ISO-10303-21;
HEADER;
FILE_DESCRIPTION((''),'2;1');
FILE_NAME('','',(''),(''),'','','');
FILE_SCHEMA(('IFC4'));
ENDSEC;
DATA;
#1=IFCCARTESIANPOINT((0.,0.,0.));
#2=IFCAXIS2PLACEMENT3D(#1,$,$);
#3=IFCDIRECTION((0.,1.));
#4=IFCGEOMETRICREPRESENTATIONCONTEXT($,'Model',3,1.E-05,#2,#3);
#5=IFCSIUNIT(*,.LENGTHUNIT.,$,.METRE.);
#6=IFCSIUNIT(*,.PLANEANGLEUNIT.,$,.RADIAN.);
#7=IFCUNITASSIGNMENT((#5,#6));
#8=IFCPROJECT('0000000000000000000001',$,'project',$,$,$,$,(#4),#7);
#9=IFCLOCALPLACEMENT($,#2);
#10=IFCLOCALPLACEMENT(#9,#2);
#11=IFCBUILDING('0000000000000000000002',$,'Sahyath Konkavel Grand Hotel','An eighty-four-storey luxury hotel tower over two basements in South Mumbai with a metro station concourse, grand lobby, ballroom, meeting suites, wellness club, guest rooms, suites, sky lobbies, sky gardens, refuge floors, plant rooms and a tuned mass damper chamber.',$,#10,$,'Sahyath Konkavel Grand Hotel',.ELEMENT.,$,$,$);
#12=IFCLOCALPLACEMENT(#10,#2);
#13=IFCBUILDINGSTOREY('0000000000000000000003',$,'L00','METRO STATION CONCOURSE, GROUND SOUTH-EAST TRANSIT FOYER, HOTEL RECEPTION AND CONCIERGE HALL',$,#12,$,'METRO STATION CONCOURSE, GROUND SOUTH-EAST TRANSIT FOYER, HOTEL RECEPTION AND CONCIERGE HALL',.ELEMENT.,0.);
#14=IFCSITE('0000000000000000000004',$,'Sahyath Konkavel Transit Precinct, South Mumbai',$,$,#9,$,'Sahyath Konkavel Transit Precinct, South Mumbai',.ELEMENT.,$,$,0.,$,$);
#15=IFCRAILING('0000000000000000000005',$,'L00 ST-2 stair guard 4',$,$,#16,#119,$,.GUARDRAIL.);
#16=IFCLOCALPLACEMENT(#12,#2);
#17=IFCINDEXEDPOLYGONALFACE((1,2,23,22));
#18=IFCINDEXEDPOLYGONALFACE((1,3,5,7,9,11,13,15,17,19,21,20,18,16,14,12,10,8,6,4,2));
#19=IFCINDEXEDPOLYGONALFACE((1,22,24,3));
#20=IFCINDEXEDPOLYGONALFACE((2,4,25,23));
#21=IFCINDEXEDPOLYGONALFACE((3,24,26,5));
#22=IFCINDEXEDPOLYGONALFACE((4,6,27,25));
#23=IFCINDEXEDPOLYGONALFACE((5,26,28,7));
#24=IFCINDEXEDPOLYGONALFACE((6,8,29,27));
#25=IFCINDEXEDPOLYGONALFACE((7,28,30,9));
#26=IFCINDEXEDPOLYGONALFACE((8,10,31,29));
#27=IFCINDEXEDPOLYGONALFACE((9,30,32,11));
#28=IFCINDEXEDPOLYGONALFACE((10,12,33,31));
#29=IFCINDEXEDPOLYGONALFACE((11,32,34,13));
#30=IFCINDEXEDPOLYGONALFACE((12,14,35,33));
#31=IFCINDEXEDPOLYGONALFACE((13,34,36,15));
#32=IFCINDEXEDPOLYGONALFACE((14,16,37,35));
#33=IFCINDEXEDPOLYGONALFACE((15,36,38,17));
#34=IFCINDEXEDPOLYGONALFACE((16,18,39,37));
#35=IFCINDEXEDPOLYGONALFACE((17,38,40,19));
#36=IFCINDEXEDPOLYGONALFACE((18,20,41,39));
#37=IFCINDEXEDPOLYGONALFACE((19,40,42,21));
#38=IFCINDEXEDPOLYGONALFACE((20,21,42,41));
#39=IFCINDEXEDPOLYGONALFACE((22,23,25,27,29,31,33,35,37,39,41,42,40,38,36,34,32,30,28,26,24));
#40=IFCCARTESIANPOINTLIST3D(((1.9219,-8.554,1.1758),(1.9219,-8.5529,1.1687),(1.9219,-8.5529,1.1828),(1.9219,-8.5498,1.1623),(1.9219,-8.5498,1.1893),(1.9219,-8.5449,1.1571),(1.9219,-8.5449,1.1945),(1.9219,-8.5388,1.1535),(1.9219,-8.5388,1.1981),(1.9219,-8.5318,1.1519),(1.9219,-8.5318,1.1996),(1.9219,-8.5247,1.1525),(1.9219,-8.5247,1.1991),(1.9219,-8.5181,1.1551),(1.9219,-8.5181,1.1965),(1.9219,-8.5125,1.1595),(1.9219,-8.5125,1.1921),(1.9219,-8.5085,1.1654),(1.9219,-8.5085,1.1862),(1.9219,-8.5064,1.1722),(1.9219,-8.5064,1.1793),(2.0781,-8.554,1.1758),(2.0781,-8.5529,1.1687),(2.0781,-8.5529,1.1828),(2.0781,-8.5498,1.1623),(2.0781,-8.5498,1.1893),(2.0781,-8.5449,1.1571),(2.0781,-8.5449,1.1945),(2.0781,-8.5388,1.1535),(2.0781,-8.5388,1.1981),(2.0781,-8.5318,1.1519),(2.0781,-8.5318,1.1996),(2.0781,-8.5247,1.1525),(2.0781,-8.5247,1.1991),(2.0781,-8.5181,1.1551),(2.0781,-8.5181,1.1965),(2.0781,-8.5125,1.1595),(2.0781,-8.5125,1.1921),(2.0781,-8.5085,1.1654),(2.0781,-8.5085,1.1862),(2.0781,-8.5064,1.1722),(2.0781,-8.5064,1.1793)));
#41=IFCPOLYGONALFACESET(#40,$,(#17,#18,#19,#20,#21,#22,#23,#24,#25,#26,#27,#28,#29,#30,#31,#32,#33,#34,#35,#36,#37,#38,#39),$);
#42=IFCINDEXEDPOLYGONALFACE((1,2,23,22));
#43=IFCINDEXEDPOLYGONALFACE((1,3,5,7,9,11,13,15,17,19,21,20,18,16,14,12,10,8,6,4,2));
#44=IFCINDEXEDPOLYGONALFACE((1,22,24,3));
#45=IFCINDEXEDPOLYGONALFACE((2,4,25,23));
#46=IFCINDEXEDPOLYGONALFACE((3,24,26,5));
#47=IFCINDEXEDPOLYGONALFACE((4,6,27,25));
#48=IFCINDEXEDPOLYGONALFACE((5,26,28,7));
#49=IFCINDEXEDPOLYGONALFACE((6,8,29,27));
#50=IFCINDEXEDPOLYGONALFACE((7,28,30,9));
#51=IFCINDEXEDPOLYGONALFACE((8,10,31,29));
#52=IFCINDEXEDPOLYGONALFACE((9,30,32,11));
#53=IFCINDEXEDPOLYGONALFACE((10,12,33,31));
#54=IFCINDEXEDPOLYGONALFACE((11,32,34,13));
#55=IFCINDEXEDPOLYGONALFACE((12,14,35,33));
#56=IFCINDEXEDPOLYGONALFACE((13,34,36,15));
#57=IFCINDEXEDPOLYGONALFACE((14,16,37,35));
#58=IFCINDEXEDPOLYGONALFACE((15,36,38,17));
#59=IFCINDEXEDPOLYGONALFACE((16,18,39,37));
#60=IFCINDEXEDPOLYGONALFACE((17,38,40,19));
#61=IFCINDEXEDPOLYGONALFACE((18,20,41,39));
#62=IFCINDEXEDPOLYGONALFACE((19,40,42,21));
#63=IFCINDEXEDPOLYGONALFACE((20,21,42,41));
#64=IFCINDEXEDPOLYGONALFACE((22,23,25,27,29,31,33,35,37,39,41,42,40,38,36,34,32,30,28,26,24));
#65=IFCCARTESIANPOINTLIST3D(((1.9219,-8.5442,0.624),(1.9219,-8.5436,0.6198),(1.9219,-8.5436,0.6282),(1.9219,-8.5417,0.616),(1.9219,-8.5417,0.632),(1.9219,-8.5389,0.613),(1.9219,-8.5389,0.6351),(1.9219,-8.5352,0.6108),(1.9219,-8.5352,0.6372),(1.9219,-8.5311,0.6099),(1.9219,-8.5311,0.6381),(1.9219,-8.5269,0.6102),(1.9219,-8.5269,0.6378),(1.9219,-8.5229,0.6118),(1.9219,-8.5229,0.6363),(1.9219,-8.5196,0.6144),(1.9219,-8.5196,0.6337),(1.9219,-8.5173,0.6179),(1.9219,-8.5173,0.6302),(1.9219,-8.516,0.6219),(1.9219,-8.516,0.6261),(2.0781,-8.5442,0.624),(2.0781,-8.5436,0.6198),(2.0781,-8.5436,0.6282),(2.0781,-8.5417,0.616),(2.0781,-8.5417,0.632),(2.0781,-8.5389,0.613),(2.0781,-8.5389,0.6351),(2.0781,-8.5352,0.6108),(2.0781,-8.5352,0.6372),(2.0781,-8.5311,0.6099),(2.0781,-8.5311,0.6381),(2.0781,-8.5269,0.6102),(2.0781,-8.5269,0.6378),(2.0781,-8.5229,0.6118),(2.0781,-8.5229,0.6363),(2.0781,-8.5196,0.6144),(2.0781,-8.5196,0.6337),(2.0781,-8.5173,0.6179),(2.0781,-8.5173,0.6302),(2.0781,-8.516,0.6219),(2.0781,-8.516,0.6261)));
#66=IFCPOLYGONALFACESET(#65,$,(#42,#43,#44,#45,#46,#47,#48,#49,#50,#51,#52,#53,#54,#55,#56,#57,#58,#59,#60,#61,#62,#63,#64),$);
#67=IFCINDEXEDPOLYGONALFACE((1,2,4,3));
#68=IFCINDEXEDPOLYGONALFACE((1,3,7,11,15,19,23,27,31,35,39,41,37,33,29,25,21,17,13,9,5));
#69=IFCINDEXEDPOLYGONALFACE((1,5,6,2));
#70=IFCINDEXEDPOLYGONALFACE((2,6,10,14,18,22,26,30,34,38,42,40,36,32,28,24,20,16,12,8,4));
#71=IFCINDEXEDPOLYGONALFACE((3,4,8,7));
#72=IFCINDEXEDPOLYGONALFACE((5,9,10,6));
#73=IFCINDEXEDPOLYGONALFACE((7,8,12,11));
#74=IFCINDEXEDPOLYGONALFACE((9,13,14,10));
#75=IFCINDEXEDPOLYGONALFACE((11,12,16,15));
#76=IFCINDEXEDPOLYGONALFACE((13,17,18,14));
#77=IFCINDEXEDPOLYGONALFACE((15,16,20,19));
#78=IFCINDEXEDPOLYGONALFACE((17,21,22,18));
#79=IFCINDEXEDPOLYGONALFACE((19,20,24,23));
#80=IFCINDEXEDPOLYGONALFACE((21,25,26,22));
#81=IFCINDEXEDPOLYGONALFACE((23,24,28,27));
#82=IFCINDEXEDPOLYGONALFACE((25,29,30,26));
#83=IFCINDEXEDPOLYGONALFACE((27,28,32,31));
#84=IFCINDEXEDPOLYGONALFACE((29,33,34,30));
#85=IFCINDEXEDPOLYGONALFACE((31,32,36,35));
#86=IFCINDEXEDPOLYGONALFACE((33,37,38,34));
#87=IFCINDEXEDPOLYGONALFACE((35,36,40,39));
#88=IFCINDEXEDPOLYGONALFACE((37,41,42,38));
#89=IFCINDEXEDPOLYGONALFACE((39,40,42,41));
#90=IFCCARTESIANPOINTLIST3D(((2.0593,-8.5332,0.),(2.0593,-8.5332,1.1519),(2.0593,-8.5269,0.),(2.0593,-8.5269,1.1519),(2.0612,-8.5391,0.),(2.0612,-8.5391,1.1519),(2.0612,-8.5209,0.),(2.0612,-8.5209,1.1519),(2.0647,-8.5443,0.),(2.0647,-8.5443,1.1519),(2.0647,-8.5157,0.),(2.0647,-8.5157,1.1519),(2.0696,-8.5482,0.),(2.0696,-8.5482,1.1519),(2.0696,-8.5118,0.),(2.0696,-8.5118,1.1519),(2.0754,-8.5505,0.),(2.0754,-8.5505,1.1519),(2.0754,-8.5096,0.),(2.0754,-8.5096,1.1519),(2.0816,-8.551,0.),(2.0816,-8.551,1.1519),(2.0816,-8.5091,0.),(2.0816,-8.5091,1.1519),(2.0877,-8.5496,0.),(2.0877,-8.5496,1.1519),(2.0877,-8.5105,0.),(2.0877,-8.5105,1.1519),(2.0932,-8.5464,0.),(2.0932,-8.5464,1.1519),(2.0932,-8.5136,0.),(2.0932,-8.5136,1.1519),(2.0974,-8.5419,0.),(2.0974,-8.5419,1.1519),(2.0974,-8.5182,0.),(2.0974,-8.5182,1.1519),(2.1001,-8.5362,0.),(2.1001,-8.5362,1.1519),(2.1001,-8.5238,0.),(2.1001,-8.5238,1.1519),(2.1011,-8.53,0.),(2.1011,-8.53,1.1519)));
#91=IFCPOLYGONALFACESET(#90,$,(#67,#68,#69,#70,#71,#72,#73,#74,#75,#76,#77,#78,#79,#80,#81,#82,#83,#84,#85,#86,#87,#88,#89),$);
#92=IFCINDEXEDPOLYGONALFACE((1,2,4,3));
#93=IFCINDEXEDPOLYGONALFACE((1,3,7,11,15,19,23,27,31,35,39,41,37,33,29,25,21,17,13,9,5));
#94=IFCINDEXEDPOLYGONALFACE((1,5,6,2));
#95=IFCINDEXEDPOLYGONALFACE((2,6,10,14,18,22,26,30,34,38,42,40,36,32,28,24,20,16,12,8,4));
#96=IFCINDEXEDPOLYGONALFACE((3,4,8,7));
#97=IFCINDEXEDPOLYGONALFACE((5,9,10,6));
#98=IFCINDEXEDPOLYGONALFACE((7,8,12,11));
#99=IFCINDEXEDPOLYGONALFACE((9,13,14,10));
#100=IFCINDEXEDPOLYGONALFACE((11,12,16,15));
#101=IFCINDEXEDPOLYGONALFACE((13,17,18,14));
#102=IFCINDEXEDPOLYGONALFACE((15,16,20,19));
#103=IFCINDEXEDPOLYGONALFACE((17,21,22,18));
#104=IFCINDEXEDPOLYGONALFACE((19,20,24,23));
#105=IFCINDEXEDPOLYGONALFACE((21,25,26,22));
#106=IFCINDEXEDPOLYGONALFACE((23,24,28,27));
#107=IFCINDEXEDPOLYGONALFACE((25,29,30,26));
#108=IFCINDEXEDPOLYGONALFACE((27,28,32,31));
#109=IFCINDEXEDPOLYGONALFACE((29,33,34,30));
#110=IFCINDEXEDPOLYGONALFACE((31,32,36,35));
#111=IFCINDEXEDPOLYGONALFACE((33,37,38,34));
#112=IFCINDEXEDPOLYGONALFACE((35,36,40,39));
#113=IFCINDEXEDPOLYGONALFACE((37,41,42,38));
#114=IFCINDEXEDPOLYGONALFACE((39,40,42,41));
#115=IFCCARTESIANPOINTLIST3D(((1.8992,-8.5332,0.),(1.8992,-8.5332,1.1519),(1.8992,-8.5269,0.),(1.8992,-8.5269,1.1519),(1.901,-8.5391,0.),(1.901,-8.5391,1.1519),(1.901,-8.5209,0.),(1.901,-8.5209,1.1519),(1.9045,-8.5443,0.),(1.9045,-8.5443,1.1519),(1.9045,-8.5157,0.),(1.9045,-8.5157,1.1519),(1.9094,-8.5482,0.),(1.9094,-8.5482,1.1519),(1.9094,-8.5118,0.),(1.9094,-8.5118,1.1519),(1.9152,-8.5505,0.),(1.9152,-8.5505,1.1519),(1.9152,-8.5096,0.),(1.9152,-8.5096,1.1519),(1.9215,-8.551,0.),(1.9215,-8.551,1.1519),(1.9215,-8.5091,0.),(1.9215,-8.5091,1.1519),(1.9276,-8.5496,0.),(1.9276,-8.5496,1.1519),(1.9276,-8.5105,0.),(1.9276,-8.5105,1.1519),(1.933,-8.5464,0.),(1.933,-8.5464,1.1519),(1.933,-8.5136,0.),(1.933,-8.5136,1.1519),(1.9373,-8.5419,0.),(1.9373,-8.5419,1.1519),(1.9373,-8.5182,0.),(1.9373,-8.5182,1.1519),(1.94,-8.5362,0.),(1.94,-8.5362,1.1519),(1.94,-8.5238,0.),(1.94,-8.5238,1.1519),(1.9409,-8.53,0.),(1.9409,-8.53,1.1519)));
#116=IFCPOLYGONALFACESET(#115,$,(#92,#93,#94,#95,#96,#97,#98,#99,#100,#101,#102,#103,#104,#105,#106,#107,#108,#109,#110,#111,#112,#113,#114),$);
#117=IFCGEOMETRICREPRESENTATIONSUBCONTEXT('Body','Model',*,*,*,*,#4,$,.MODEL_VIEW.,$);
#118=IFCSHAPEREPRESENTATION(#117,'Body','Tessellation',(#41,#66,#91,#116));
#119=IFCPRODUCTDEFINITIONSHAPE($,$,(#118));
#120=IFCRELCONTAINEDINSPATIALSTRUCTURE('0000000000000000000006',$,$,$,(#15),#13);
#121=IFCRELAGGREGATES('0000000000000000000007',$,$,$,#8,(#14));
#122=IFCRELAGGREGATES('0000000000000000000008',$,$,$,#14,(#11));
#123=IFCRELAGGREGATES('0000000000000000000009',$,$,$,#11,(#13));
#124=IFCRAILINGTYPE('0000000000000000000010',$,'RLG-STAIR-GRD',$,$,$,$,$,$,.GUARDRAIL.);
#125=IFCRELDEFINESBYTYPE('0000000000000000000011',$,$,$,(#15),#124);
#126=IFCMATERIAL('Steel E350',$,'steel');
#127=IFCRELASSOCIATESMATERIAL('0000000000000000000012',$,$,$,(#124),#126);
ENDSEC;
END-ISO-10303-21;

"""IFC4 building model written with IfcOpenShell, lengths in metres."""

from ifc_helpers import new_model, si_unit, direction, frame, origin, origin_2d, place, context, subcontext, project, spatial, circle, extrude, material, type_object, element, save


model = new_model("IFC4")

# Units and contexts
model_context = context("Model", 3, precision=1e-05, world=origin(), true_north=direction((0.0, 1.0)))
body_context = subcontext(model_context, "Body", "Model", "MODEL_VIEW")
ifc_project = project(units=[si_unit("LENGTHUNIT", "METRE"), si_unit("PLANEANGLEUNIT", "RADIAN")], contexts=[model_context])

# Site, building, storey
site_placement = place(None, origin())
site = spatial("IfcSite", under=ifc_project, at=site_placement, Name="Sahyath Konkavel Transit Precinct, South Mumbai", LongName="Sahyath Konkavel Transit Precinct, South Mumbai", CompositionType="ELEMENT", RefElevation=0.0)
building_placement = place(site_placement, origin())
building = spatial("IfcBuilding", under=site, at=building_placement, Name="Sahyath Konkavel Grand Hotel", Description="An eighty-four-storey luxury hotel tower over two basements in South Mumbai with a metro station concourse, grand lobby, ballroom, meeting suites, wellness club, guest rooms, suites, sky lobbies, sky gardens, refuge floors, plant rooms and a tuned mass damper chamber.", LongName="Sahyath Konkavel Grand Hotel", CompositionType="ELEMENT")
storey_placement = place(building_placement, origin())
storey = spatial("IfcBuildingStorey", under=building, at=storey_placement, Name="L00", Description="METRO STATION CONCOURSE, GROUND SOUTH-EAST TRANSIT FOYER, HOTEL RECEPTION AND CONCIERGE HALL", LongName="METRO STATION CONCOURSE, GROUND SOUTH-EAST TRANSIT FOYER, HOTEL RECEPTION AND CONCIERGE HALL", CompositionType="ELEMENT", Elevation=0.0)

# Shared definitions
ifc_material_1 = material(Name="Steel E350", Category="steel")

# Railing
railing_type_1 = type_object("IfcRailingType", Name="RLG-STAIR-GRD", PredefinedType="GUARDRAIL", material=ifc_material_1)
railing_1_placement = place(storey_placement, frame((2.0801, -8.53, 0.0)))
element("IfcRailing", 1, at=railing_1_placement, inside=storey, type_object=railing_type_1, Name="L00 ST-2 stair guard 4", PredefinedType="GUARDRAIL", context=body_context, shape_type="SweptSolid", body=[
    extrude(circle(Radius=0.0239, at=origin_2d()), frame((-0.002, 0.0, 1.1758), z_axis=(-1.0, 0.0, 0.0), x_axis=(0.0, -1.0, 0.0)), (0.0, 0.0, 1.0), 0.1562),
    extrude(circle(Radius=0.0142, at=origin_2d()), frame((-0.002, 0.0, 0.624), z_axis=(-1.0, 0.0, 0.0), x_axis=(0.0, -1.0, 0.0)), (0.0, 0.0, 1.0), 0.1562),
    extrude(circle(Radius=0.021, at=origin_2d()), origin(), (0.0, 0.0, 1.0), 1.1519),
    extrude(circle(Radius=0.021, at=origin_2d()), frame((-0.1602, 0.0, 0.0)), (0.0, 0.0, 1.0), 1.1519),
])

save(model, "model.ifc")
